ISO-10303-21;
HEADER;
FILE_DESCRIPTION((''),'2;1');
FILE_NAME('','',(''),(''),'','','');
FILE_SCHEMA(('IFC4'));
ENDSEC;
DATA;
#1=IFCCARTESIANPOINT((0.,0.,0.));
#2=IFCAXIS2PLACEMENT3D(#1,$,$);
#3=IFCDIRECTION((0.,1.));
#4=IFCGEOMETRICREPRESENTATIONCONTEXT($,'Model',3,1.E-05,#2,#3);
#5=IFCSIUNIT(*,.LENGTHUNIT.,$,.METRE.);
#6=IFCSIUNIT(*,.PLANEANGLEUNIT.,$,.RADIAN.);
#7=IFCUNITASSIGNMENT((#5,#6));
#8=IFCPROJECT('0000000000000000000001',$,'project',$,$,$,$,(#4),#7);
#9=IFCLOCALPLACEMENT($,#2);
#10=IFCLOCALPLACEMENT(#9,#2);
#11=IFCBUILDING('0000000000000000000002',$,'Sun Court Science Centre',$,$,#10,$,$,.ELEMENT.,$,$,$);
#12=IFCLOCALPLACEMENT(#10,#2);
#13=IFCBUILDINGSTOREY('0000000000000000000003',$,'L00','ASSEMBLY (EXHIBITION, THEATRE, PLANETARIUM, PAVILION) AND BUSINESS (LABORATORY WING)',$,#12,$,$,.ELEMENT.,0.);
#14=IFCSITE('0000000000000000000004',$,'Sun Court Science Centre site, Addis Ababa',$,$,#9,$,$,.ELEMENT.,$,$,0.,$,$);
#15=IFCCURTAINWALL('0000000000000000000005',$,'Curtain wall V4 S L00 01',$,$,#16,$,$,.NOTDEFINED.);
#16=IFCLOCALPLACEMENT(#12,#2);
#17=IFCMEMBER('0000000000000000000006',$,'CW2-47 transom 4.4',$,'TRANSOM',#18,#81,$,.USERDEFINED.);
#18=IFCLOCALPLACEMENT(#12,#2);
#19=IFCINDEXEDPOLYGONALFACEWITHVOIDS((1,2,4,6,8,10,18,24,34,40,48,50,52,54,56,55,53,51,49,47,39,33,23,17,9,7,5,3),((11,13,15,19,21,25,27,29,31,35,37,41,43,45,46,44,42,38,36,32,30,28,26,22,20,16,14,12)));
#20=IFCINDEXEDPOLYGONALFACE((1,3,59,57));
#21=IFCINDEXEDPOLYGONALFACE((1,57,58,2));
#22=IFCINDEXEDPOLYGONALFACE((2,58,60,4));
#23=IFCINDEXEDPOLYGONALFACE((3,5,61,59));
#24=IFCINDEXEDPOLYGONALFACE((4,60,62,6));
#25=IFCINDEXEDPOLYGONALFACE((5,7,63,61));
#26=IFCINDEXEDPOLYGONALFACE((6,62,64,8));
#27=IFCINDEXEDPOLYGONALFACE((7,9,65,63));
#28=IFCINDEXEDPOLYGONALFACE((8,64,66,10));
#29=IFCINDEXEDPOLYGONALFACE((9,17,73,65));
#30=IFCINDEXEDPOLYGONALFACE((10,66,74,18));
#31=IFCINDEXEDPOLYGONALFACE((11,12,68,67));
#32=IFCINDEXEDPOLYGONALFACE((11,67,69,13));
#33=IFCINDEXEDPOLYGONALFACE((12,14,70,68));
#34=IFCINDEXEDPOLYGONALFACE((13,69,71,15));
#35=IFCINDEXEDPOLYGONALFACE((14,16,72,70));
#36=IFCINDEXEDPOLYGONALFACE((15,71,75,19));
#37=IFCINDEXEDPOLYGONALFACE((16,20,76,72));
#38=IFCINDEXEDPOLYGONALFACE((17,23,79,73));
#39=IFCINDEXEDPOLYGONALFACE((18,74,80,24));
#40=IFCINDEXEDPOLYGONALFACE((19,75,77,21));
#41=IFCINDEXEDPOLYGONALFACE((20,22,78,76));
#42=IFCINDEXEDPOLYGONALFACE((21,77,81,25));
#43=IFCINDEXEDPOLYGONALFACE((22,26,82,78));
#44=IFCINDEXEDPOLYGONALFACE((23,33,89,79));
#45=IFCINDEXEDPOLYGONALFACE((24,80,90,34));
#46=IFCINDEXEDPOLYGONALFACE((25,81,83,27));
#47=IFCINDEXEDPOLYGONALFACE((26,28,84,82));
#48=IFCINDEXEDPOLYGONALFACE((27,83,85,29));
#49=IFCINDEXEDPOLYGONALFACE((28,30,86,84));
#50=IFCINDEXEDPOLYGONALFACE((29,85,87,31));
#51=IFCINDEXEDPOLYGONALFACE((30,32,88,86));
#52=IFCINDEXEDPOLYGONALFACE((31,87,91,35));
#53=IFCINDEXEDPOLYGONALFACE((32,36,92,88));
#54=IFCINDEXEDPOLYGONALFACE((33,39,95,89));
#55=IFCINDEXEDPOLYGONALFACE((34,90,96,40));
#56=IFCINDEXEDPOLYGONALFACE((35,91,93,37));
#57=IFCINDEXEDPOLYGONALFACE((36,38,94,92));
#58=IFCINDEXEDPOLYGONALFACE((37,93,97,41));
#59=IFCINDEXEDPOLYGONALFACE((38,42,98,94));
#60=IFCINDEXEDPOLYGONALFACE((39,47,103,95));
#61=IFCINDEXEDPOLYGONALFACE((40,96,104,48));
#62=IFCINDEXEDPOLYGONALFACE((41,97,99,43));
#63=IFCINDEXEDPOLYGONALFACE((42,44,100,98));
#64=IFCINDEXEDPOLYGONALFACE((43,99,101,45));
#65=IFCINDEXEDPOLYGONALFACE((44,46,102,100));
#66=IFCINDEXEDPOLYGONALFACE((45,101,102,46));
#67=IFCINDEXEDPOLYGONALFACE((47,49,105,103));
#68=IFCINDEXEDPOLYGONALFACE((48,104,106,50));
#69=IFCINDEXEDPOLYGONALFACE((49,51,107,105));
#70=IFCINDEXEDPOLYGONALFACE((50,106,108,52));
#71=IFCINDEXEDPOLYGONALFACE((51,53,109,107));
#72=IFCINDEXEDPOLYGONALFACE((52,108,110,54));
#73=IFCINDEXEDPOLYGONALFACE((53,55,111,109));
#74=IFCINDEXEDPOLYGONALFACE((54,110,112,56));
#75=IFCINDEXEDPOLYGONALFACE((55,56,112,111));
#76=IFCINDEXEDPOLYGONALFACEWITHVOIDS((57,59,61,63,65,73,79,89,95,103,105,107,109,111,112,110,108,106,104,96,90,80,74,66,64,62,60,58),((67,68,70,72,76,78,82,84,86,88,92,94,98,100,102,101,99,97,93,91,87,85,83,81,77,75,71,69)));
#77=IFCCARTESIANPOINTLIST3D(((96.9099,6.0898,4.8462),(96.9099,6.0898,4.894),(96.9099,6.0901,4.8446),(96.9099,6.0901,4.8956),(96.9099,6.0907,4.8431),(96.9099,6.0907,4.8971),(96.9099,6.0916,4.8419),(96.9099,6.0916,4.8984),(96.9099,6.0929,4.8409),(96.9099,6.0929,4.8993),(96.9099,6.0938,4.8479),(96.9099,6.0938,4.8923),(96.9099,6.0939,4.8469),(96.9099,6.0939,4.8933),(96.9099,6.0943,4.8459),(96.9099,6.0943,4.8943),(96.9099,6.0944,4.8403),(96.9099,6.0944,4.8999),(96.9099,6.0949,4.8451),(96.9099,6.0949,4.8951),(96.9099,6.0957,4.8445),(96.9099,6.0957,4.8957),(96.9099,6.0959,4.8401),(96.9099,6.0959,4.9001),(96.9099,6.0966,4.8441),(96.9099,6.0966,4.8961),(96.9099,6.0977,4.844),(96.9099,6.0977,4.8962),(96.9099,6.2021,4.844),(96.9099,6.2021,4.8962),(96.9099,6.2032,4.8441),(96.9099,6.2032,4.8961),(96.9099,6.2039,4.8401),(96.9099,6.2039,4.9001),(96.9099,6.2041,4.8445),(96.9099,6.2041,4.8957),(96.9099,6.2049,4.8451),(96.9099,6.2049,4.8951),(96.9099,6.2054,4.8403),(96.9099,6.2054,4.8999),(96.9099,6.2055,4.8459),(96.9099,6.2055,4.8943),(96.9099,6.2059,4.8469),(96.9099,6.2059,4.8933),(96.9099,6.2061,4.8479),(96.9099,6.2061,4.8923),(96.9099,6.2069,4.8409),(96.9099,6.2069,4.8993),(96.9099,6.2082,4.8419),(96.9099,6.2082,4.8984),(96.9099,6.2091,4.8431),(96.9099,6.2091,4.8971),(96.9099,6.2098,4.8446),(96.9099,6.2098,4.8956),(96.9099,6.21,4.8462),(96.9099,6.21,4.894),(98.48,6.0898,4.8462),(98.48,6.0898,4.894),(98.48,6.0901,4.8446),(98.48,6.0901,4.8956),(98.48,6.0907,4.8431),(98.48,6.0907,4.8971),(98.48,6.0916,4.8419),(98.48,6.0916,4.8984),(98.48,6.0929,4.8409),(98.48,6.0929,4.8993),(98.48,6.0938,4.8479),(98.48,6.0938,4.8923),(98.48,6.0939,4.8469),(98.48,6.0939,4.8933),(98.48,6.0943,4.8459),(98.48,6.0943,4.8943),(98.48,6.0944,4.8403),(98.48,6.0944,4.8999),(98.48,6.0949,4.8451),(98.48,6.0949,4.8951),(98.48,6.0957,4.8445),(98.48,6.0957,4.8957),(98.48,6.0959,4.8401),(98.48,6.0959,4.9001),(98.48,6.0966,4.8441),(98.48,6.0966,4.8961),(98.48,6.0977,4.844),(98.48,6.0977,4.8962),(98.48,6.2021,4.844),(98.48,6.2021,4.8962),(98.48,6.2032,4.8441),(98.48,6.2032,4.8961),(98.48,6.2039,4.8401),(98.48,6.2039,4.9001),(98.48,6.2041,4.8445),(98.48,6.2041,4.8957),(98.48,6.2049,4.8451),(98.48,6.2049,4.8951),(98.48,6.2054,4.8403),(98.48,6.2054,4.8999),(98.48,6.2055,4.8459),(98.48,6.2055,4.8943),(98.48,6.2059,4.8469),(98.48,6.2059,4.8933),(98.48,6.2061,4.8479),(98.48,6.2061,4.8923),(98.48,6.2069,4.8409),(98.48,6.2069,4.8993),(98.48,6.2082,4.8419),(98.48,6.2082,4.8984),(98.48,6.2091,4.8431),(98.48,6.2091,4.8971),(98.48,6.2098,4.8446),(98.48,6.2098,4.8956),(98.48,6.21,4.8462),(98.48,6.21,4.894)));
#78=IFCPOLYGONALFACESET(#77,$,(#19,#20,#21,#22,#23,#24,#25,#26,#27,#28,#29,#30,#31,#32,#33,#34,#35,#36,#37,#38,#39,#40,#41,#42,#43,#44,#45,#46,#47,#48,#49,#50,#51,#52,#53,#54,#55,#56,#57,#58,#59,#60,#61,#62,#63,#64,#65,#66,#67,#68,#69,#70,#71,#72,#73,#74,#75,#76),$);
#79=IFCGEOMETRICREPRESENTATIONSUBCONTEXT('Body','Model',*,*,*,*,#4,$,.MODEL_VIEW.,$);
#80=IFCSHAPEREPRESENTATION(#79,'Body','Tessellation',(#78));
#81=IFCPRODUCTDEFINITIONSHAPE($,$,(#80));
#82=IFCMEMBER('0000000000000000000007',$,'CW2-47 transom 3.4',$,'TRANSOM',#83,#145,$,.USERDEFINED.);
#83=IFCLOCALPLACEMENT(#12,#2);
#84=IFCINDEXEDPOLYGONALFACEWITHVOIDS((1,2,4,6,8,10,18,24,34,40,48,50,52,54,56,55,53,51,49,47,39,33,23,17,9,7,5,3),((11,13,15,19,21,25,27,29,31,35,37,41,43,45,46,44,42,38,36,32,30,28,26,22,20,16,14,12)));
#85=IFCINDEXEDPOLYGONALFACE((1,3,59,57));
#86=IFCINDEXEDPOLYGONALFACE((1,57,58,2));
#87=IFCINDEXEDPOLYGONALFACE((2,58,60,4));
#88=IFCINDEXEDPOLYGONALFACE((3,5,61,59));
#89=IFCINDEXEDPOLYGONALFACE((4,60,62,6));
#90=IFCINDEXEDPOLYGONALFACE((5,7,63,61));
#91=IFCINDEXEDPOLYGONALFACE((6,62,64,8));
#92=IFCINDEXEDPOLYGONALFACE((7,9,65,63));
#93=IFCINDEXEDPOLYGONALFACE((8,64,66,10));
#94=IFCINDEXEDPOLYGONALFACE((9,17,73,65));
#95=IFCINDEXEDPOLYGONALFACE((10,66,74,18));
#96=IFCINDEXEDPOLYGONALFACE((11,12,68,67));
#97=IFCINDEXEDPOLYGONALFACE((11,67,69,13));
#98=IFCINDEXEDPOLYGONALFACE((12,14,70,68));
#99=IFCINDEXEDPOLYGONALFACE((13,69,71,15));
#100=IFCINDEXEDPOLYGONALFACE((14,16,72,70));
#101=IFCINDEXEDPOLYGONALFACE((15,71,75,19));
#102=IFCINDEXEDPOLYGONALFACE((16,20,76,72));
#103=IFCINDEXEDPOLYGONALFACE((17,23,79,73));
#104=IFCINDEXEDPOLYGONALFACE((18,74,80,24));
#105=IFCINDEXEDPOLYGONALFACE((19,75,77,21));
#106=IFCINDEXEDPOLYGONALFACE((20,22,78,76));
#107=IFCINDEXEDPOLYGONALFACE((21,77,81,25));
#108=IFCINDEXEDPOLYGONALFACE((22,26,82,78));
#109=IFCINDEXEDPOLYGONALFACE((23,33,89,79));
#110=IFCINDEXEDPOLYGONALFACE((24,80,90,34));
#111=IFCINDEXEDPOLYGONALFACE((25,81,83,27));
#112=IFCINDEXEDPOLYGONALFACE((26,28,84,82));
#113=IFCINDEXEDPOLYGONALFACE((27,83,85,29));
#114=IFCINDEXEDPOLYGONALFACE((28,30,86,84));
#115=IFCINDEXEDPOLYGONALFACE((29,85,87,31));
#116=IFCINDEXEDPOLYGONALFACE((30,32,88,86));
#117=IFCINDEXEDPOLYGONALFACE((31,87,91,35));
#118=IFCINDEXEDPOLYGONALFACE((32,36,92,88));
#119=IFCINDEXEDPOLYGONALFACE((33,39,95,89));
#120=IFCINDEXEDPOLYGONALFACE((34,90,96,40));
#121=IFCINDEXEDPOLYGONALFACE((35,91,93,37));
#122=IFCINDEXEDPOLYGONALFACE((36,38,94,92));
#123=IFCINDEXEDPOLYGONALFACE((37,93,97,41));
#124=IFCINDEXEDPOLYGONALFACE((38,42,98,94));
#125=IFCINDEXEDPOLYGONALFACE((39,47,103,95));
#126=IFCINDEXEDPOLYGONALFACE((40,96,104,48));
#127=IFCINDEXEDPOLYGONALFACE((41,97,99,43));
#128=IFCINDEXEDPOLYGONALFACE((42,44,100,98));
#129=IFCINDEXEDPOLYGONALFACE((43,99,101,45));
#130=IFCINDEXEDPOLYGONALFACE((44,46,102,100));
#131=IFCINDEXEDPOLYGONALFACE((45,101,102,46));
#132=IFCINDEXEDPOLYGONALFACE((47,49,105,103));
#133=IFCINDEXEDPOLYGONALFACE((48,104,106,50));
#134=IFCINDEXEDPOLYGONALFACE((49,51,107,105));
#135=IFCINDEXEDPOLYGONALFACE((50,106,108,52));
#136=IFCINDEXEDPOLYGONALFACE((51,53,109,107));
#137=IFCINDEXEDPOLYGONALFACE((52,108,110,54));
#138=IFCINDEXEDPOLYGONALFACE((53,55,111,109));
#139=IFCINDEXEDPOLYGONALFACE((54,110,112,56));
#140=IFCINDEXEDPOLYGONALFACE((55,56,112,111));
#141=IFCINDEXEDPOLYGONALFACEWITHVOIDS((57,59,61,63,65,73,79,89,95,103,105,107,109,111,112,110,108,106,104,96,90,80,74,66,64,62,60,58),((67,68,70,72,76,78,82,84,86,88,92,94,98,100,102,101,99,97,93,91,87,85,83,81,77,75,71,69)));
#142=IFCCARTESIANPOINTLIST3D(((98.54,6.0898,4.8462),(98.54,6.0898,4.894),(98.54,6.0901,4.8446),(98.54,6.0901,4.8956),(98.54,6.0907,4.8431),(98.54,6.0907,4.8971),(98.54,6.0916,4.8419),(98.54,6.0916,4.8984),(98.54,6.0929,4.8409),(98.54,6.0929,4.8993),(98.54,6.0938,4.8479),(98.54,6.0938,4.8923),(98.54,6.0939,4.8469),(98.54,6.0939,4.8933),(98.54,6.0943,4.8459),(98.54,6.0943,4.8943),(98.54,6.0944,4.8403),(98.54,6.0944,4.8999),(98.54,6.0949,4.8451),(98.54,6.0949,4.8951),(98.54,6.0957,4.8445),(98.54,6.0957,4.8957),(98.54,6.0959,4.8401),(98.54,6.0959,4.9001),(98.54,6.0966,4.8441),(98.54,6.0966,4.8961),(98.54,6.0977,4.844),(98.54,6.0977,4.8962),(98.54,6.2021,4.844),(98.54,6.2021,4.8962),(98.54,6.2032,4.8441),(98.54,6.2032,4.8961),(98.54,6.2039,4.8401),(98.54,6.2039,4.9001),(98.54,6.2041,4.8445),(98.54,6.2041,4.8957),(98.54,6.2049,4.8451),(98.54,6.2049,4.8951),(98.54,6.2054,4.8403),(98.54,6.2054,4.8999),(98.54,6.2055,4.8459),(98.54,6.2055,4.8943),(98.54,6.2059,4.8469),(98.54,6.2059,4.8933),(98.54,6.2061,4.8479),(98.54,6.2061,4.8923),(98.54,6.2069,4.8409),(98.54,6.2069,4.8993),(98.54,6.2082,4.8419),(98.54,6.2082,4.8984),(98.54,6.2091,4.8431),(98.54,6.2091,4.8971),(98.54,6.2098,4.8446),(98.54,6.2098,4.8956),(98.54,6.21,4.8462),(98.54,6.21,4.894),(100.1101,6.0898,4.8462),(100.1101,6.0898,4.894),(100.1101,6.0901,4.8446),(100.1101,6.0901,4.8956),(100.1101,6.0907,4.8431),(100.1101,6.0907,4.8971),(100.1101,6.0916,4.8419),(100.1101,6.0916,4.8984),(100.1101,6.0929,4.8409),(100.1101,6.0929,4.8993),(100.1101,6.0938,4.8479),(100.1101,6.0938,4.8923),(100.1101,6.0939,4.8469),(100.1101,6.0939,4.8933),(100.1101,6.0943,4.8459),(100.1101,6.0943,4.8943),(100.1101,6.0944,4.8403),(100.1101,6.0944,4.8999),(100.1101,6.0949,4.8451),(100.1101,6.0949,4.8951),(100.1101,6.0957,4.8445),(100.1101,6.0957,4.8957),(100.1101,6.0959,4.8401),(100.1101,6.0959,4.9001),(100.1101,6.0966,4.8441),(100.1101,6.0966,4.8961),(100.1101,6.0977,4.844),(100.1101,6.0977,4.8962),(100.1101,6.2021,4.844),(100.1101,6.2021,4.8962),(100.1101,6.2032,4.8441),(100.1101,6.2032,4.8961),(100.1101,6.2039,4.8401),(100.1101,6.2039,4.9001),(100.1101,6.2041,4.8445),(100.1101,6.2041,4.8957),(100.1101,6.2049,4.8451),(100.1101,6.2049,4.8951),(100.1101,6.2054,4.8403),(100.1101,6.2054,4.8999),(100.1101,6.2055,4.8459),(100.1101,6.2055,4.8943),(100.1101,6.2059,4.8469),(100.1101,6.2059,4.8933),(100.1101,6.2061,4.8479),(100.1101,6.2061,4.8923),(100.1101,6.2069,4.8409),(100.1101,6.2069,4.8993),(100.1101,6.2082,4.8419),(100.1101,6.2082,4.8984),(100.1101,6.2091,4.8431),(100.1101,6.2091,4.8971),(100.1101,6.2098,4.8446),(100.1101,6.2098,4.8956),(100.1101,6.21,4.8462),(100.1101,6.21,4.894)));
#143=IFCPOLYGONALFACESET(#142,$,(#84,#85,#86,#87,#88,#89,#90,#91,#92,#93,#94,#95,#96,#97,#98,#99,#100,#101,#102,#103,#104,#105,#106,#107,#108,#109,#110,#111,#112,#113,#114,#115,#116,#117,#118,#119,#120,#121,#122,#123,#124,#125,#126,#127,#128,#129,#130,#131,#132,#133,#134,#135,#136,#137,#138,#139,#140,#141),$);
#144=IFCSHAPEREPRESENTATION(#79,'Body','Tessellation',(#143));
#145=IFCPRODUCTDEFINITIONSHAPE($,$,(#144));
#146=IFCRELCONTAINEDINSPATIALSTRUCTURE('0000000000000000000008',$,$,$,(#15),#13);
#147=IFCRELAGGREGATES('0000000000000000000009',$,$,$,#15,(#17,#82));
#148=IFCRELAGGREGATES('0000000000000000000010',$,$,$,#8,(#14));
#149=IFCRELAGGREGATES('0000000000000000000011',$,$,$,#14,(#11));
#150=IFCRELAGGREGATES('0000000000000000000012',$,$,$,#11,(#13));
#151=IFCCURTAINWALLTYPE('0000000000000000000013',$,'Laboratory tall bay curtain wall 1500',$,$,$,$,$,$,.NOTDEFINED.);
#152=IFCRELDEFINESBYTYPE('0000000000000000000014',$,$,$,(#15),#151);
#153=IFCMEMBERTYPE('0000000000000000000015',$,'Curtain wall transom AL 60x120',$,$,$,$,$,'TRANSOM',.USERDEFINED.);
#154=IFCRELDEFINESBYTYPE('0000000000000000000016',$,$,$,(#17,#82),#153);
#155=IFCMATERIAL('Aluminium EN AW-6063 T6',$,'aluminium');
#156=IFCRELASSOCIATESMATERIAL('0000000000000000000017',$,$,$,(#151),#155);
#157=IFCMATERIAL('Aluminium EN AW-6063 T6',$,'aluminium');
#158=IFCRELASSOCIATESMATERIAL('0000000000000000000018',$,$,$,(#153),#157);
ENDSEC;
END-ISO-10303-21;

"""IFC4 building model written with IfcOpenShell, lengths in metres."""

from ifc_helpers import new_model, si_unit, direction, frame, origin, origin_2d, place, context, subcontext, project, spatial, hollow_rectangle, extrude, material, material_profile, profile_set, type_object, element, aggregate, save


model = new_model("IFC4")

# Units and contexts
model_context = context("Model", 3, precision=1e-05, world=origin(), true_north=direction((0.0, 1.0)))
body_context = subcontext(model_context, "Body", "Model", "MODEL_VIEW")
ifc_project = project(units=[si_unit("LENGTHUNIT", "METRE"), si_unit("PLANEANGLEUNIT", "RADIAN")], contexts=[model_context])

# Site, building, storey
site_placement = place(None, origin())
site = spatial("IfcSite", under=ifc_project, at=site_placement, Name="Sun Court Science Centre site, Addis Ababa", CompositionType="ELEMENT", RefElevation=0.0)
building_placement = place(site_placement, origin())
building = spatial("IfcBuilding", under=site, at=building_placement, Name="Sun Court Science Centre", CompositionType="ELEMENT")
storey_placement = place(building_placement, origin())
storey = spatial("IfcBuildingStorey", under=building, at=storey_placement, Name="L00", Description="ASSEMBLY (EXHIBITION, THEATRE, PLANETARIUM, PAVILION) AND BUSINESS (LABORATORY WING)", CompositionType="ELEMENT", Elevation=0.0)

# Curtain wall, members
ifc_material_1 = material(Name="Aluminium EN AW-6063 T6", Category="aluminium")
curtain_wall_type = type_object("IfcCurtainWallType", Name="Laboratory tall bay curtain wall 1500", PredefinedType="NOTDEFINED", material=ifc_material_1)
curtain_wall_placement = place(storey_placement, origin())
curtain_wall = element("IfcCurtainWall", 1, at=curtain_wall_placement, inside=storey, type_object=curtain_wall_type, Name="Curtain wall V4 S L00 01", PredefinedType="NOTDEFINED")
ifc_material_2 = material(Name="Aluminium EN AW-6063 T6", Category="aluminium")
ifc_material_profile_1 = material_profile(ifc_material_2, hollow_rectangle(XDim=0.0601, YDim=0.1201, WallThickness=0.0039, InnerFilletRadius=0.0039, OuterFilletRadius=0.0061, at=origin_2d()), Name="AL 60x120x4")
ifc_profile_set_1 = profile_set([ifc_material_profile_1], Name="Aluminium EN AW-6063 T6")
member_type_1 = type_object("IfcMemberType", Name="Curtain wall transom AL 60x120", ElementType="TRANSOM", PredefinedType="USERDEFINED", material=ifc_profile_set_1)
member_1_placement = place(storey_placement, frame((98.48, 6.1499, 4.8701), z_axis=(-1.0, 0.0, 0.0), x_axis=(0.0, 0.0, 1.0)))
member_1 = element("IfcMember", 2, at=member_1_placement, type_object=member_type_1, Name="CW2-47 transom 4.4", ObjectType="TRANSOM", PredefinedType="USERDEFINED", context=body_context, shape_type="SweptSolid", body=[
    extrude(hollow_rectangle(XDim=0.0601, YDim=0.1201, WallThickness=0.0039, InnerFilletRadius=0.0039, OuterFilletRadius=0.0061, at=origin_2d()), origin(), (0.0, 0.0, 1.0), 1.5701),
])
member_2_placement = place(storey_placement, frame((100.1101, 6.1499, 4.8701), z_axis=(-1.0, 0.0, 0.0), x_axis=(0.0, 0.0, 1.0)))
member_2 = element("IfcMember", 3, at=member_2_placement, type_object=member_type_1, Name="CW2-47 transom 3.4", ObjectType="TRANSOM", PredefinedType="USERDEFINED", context=body_context, shape_type="SweptSolid", body=[
    extrude(hollow_rectangle(XDim=0.0601, YDim=0.1201, WallThickness=0.0039, InnerFilletRadius=0.0039, OuterFilletRadius=0.0061, at=origin_2d()), origin(), (0.0, 0.0, 1.0), 1.5701),
])
aggregate(curtain_wall, [member_1, member_2])

save(model, "model.ifc")
